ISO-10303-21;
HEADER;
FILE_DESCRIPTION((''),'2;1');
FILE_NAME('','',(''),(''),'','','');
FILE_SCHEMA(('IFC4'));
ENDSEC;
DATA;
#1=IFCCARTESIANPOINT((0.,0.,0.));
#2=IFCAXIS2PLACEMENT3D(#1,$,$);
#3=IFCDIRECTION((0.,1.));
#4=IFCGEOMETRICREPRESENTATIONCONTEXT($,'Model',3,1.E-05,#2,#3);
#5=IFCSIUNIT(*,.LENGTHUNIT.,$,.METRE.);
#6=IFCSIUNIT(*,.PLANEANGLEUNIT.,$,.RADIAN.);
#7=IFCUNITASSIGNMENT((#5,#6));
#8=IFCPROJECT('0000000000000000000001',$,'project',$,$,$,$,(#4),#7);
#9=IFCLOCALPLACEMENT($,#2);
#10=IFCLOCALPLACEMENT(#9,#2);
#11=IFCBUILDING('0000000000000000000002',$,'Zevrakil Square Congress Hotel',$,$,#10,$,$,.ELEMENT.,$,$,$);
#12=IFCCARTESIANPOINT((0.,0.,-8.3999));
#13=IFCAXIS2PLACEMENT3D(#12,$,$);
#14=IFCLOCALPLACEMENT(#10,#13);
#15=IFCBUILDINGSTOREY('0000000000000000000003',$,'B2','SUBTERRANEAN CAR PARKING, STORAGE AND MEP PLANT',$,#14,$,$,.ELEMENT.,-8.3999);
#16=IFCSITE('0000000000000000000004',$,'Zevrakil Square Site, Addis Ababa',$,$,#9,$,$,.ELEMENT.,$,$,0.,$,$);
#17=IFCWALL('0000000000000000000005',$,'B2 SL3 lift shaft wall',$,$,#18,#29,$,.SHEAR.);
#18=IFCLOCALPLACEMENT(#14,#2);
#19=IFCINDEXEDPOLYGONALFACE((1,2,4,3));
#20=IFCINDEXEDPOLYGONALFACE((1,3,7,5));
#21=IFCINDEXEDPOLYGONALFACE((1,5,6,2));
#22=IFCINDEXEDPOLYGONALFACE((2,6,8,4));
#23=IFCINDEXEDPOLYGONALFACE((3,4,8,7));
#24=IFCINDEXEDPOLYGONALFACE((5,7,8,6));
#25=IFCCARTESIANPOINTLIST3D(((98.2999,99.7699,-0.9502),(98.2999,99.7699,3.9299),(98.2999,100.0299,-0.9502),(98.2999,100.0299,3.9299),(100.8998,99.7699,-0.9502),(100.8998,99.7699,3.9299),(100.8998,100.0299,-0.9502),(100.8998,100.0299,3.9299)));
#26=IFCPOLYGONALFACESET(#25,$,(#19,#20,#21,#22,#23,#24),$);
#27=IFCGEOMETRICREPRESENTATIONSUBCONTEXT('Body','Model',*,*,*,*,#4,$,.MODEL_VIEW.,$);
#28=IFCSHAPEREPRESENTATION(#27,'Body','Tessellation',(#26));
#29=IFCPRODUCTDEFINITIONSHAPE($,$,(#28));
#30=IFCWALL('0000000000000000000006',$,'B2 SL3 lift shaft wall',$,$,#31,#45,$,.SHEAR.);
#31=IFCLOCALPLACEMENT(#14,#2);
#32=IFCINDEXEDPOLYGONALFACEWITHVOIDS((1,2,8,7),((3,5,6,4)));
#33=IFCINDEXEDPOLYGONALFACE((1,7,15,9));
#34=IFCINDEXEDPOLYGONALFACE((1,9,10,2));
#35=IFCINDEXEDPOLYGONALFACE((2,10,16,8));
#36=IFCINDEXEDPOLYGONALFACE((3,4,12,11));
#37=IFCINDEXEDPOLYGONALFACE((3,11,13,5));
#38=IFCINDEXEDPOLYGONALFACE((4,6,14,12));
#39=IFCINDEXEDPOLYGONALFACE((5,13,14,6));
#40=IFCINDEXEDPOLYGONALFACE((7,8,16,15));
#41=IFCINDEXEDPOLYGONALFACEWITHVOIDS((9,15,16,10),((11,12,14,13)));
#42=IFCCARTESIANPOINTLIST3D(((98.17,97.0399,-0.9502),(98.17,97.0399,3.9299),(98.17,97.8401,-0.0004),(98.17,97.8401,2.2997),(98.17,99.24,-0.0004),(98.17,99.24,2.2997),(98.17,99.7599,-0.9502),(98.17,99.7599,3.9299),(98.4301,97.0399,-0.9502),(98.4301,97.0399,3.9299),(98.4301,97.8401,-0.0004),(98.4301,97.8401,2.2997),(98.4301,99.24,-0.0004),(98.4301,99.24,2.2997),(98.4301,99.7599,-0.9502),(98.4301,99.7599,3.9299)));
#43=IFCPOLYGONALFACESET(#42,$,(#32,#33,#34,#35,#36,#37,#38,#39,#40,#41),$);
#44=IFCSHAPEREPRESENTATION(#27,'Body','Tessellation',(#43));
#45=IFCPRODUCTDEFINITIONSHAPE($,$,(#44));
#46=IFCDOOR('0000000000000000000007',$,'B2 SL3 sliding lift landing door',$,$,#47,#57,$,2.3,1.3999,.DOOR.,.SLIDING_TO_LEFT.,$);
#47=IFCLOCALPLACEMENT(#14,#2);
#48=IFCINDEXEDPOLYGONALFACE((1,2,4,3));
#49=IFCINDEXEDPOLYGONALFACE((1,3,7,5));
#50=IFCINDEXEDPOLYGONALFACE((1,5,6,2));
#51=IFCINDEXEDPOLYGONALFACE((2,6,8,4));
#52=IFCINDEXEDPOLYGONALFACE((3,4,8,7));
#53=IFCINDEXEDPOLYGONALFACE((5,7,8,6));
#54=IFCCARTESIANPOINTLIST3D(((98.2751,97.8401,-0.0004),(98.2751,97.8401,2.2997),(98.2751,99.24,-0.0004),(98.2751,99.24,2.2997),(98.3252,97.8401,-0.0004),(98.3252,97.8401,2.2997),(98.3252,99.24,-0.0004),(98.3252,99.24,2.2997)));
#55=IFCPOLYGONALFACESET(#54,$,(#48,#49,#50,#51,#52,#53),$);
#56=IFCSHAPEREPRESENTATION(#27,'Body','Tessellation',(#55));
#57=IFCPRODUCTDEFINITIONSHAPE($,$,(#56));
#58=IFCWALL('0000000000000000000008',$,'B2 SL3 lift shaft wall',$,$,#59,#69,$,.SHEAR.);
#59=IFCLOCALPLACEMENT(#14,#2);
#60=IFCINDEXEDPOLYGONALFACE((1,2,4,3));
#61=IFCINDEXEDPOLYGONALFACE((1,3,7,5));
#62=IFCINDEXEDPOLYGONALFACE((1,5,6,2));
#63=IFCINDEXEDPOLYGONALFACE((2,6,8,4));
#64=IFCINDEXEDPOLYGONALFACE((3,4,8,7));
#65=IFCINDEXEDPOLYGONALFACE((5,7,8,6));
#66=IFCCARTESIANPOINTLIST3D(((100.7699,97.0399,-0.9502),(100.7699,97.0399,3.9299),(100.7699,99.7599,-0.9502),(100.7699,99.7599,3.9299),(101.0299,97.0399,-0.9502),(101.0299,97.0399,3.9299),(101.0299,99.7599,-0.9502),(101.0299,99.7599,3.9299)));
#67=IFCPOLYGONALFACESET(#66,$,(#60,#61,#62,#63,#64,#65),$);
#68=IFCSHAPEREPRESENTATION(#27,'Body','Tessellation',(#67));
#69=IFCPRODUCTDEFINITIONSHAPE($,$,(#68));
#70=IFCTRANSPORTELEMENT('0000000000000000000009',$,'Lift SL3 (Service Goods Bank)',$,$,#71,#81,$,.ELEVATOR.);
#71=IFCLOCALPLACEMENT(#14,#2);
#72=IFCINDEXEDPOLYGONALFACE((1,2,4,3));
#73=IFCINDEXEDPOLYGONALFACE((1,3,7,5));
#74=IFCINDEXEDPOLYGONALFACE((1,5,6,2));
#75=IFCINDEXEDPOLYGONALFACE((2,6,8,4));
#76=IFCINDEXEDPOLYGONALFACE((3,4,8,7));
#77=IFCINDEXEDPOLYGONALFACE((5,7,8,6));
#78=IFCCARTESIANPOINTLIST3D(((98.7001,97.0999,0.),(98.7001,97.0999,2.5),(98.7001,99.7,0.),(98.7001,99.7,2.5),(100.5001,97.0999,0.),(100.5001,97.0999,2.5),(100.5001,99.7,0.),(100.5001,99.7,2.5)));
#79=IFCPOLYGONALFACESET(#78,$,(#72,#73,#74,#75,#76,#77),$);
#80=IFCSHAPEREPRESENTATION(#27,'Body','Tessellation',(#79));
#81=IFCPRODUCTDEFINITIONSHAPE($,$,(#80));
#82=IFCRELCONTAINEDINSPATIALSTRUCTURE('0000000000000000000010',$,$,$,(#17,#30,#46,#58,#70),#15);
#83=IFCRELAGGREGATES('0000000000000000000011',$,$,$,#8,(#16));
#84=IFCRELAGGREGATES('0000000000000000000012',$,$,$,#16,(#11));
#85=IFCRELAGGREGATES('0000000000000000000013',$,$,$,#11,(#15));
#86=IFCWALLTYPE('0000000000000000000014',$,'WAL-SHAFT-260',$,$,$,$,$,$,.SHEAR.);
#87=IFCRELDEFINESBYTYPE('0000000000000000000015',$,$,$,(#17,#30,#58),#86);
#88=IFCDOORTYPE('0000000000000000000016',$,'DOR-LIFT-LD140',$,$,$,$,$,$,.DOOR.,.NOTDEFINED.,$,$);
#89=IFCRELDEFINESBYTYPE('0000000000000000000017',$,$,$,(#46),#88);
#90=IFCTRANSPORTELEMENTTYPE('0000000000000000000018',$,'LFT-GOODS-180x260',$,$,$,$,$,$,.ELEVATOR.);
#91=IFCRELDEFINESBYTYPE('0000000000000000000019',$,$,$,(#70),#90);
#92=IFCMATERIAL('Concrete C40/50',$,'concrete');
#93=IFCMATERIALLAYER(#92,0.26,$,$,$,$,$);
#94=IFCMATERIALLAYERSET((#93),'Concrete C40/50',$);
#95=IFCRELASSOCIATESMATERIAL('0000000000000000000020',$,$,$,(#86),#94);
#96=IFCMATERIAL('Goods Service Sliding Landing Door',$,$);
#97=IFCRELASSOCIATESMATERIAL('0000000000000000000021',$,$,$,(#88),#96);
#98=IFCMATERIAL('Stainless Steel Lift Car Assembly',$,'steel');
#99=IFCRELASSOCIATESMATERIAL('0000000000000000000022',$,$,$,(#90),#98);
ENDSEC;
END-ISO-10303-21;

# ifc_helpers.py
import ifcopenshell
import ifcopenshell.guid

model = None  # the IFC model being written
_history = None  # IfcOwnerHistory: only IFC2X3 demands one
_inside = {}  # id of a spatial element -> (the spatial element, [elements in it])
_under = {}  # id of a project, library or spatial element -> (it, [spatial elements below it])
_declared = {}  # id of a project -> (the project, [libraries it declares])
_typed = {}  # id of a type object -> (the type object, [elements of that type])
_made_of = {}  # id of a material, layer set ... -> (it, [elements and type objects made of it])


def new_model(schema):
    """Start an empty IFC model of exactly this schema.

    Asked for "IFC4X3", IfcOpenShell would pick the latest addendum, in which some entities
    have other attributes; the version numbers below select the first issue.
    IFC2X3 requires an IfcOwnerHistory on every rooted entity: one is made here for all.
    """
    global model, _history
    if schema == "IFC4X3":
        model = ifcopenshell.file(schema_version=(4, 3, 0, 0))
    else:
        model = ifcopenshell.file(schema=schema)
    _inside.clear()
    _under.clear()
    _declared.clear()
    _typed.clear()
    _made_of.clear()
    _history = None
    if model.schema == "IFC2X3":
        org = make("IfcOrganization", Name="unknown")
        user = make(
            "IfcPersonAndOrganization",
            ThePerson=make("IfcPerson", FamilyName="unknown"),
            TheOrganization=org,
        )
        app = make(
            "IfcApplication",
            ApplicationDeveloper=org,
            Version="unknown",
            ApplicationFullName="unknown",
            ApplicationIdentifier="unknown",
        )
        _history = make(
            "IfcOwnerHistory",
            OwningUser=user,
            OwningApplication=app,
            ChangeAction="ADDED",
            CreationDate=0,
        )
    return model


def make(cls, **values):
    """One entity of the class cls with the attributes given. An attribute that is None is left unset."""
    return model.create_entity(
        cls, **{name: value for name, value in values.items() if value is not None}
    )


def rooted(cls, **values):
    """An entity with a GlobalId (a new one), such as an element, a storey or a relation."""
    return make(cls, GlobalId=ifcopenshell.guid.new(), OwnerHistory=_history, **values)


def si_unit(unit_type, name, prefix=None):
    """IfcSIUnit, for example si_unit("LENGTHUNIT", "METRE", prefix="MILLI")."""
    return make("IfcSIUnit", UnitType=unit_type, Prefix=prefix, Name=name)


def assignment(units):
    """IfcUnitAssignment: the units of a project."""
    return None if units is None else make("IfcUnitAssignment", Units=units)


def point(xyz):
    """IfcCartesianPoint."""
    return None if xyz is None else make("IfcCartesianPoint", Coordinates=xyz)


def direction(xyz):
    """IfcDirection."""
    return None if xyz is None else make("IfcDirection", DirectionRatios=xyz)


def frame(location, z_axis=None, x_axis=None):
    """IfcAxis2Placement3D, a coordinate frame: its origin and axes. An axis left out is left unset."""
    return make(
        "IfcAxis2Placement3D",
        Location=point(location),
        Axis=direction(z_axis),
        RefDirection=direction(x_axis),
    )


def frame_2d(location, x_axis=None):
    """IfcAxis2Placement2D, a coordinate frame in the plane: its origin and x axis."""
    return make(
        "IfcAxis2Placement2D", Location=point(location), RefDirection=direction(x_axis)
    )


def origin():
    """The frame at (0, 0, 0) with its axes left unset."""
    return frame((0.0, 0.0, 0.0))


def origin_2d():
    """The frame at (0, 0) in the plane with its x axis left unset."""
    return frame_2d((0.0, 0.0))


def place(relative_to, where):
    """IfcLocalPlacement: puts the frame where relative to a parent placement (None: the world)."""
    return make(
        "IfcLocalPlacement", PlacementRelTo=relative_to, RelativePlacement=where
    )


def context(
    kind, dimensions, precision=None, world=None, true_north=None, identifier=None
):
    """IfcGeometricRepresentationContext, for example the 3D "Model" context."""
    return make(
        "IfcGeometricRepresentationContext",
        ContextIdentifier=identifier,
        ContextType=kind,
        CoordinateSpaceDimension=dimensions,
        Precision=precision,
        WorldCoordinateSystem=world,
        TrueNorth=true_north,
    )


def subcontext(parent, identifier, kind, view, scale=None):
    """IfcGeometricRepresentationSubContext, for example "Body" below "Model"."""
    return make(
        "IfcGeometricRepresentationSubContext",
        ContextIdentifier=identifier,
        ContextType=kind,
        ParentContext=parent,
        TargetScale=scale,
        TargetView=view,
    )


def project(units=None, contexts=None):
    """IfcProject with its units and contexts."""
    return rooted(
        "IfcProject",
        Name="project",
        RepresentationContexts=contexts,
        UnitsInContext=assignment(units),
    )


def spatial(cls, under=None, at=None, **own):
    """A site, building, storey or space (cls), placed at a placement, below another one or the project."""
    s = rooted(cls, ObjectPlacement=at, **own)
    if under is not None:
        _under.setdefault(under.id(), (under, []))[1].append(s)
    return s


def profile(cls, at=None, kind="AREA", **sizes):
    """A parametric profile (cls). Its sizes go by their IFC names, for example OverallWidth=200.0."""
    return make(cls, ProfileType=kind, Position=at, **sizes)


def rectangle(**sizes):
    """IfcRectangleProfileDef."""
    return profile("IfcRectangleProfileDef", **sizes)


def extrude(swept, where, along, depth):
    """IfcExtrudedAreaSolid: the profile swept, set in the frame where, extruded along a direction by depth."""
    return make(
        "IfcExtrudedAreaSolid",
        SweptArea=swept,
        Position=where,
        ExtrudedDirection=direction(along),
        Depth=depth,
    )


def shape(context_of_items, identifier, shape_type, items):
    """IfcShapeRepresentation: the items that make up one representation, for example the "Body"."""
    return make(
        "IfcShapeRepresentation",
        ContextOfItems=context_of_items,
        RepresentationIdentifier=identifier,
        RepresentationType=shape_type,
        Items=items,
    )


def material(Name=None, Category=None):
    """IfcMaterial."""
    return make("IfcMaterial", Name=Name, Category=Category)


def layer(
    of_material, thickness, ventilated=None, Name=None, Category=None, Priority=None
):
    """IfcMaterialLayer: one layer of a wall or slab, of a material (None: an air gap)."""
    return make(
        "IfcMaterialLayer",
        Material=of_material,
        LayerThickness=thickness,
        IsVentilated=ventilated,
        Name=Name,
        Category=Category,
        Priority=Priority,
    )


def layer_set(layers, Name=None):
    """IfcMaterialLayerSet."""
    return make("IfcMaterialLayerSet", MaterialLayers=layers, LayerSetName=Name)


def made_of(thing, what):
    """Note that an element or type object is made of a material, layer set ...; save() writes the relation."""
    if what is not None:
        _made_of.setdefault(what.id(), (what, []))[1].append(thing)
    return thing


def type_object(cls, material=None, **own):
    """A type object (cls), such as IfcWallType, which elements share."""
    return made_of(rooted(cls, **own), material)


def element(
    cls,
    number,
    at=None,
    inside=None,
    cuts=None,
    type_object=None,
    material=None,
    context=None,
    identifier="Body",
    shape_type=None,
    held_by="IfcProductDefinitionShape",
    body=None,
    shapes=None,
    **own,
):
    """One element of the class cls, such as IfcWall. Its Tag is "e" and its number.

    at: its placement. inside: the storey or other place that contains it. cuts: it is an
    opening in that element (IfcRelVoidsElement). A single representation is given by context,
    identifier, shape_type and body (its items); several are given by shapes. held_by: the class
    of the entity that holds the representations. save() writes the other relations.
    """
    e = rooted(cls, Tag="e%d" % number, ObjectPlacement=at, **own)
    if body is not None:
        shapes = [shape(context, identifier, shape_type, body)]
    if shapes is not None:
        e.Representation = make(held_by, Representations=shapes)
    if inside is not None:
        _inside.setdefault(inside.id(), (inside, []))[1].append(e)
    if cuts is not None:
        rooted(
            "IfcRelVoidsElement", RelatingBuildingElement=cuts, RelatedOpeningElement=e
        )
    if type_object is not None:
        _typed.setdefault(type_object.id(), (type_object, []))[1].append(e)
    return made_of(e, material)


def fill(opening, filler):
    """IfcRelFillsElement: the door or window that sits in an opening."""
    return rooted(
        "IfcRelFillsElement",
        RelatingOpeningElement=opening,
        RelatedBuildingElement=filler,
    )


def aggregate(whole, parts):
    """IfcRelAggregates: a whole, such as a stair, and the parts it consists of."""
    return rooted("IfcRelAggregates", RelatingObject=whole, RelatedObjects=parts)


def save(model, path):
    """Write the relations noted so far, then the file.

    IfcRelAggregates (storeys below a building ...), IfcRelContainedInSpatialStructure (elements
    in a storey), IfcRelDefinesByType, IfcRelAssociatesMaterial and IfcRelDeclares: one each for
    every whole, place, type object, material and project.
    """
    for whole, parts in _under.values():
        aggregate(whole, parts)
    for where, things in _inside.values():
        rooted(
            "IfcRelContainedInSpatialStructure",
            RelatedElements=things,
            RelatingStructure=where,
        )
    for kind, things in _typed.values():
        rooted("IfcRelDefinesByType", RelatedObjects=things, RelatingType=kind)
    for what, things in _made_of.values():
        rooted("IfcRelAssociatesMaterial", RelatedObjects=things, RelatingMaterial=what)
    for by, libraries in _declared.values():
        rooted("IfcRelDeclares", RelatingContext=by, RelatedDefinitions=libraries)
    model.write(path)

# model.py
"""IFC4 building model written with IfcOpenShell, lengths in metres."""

from ifc_helpers import new_model, si_unit, direction, frame, frame_2d, origin, origin_2d, place, context, subcontext, project, spatial, rectangle, extrude, material, layer, layer_set, type_object, element, fill, save


model = new_model("IFC4")

# Units and contexts
model_context = context("Model", 3, precision=1e-05, world=origin(), true_north=direction((0.0, 1.0)))
body_context = subcontext(model_context, "Body", "Model", "MODEL_VIEW")
ifc_project = project(units=[si_unit("LENGTHUNIT", "METRE"), si_unit("PLANEANGLEUNIT", "RADIAN")], contexts=[model_context])

# Site, building, storey
site_placement = place(None, origin())
site = spatial("IfcSite", under=ifc_project, at=site_placement, Name="Zevrakil Square Site, Addis Ababa", CompositionType="ELEMENT", RefElevation=0.0)
building_placement = place(site_placement, origin())
building = spatial("IfcBuilding", under=site, at=building_placement, Name="Zevrakil Square Congress Hotel", CompositionType="ELEMENT")
storey_placement = place(building_placement, frame((0.0, 0.0, -8.3999)))
storey = spatial("IfcBuildingStorey", under=building, at=storey_placement, Name="B2", Description="SUBTERRANEAN CAR PARKING, STORAGE AND MEP PLANT", CompositionType="ELEMENT", Elevation=-8.3999)

# Wall
ifc_material_1 = material(Name="Concrete C40/50", Category="concrete")
ifc_layer_1 = layer(ifc_material_1, 0.26)
ifc_layer_set_1 = layer_set([ifc_layer_1], Name="Concrete C40/50")
wall_type_1 = type_object("IfcWallType", Name="WAL-SHAFT-260", PredefinedType="SHEAR", material=ifc_layer_set_1)
for number, where, z_axis, x_axis, name in (
    (1, (98.3, 99.8999, -0.9502), (0.0, 0.0, 1.0), (1.0, 0.0, 0.0), "B2 SL3 lift shaft wall"),
):
    element("IfcWall", number, at=place(storey_placement, frame(where, z_axis=z_axis, x_axis=x_axis)), inside=storey, type_object=wall_type_1, Name=name, PredefinedType="SHEAR", context=body_context, shape_type="SweptSolid", body=[
        extrude(rectangle(XDim=2.5999, YDim=0.26, at=frame_2d((1.2998, 0.0))), origin(), (0.0, 0.0, 1.0), 4.8801),
    ])

# Wall, opening, door
wall_1_placement = place(storey_placement, frame((98.3, 97.04, -0.9502), z_axis=(0.0, 0.0, 1.0), x_axis=(0.0, 1.0, 0.0)))
wall_1 = element("IfcWall", 2, at=wall_1_placement, inside=storey, type_object=wall_type_1, Name="B2 SL3 lift shaft wall", PredefinedType="SHEAR", context=body_context, shape_type="SweptSolid", body=[
    extrude(rectangle(XDim=2.72, YDim=0.26, at=frame_2d((1.3599, 0.0))), origin(), (0.0, 0.0, 1.0), 4.8801),
])
opening_1_placement = place(wall_1_placement, frame((0.8, 0.0, 0.95)))
opening_1 = element("IfcOpeningElement", 3, at=opening_1_placement, cuts=wall_1, PredefinedType="OPENING", context=body_context, shape_type="SweptSolid", body=[
    extrude(rectangle(XDim=1.3999, YDim=2.3, at=frame_2d((0.7, 1.1499))), frame((0.0, 0.1401, 0.0), z_axis=(0.0, -1.0, 0.0), x_axis=(1.0, 0.0, 0.0)), (0.0, 0.0, 1.0), 0.28),
])
ifc_material_2 = material(Name="Goods Service Sliding Landing Door")
door_type_1 = type_object("IfcDoorType", Name="DOR-LIFT-LD140", OperationType="NOTDEFINED", PredefinedType="DOOR", material=ifc_material_2)
door_1_placement = place(opening_1_placement, origin())
door_1 = element("IfcDoor", 4, at=door_1_placement, inside=storey, type_object=door_type_1, Name="B2 SL3 sliding lift landing door", OperationType="SLIDING_TO_LEFT", OverallHeight=2.3, OverallWidth=1.3999, PredefinedType="DOOR", context=body_context, shape_type="SweptSolid", body=[
    extrude(rectangle(XDim=1.3999, YDim=2.3, at=frame_2d((0.7, 1.1499))), frame((0.0, 0.0249, 0.0), z_axis=(0.0, -1.0, 0.0), x_axis=(1.0, 0.0, 0.0)), (0.0, 0.0, 1.0), 0.05),
])
fill(opening_1, door_1)

# Wall
wall_2_placement = place(storey_placement, frame((100.8999, 97.04, -0.9502), z_axis=(0.0, 0.0, 1.0), x_axis=(0.0, 1.0, 0.0)))
element("IfcWall", 5, at=wall_2_placement, inside=storey, type_object=wall_type_1, Name="B2 SL3 lift shaft wall", PredefinedType="SHEAR", context=body_context, shape_type="SweptSolid", body=[
    extrude(rectangle(XDim=2.72, YDim=0.26, at=frame_2d((1.3599, 0.0))), origin(), (0.0, 0.0, 1.0), 4.8801),
])

# Transport element
ifc_material_3 = material(Name="Stainless Steel Lift Car Assembly", Category="steel")
transport_element_type = type_object("IfcTransportElementType", Name="LFT-GOODS-180x260", PredefinedType="ELEVATOR", material=ifc_material_3)
transport_element_placement = place(storey_placement, frame((99.6001, 98.3999, 0.0), z_axis=(0.0, 0.0, 1.0), x_axis=(1.0, 0.0, 0.0)))
element("IfcTransportElement", 6, at=transport_element_placement, inside=storey, type_object=transport_element_type, Name="Lift SL3 (Service Goods Bank)", PredefinedType="ELEVATOR", context=body_context, shape_type="SweptSolid", body=[
    extrude(rectangle(XDim=1.8, YDim=2.6001, at=origin_2d()), origin(), (0.0, 0.0, 1.0), 2.5),
])

save(model, "model.ifc")
